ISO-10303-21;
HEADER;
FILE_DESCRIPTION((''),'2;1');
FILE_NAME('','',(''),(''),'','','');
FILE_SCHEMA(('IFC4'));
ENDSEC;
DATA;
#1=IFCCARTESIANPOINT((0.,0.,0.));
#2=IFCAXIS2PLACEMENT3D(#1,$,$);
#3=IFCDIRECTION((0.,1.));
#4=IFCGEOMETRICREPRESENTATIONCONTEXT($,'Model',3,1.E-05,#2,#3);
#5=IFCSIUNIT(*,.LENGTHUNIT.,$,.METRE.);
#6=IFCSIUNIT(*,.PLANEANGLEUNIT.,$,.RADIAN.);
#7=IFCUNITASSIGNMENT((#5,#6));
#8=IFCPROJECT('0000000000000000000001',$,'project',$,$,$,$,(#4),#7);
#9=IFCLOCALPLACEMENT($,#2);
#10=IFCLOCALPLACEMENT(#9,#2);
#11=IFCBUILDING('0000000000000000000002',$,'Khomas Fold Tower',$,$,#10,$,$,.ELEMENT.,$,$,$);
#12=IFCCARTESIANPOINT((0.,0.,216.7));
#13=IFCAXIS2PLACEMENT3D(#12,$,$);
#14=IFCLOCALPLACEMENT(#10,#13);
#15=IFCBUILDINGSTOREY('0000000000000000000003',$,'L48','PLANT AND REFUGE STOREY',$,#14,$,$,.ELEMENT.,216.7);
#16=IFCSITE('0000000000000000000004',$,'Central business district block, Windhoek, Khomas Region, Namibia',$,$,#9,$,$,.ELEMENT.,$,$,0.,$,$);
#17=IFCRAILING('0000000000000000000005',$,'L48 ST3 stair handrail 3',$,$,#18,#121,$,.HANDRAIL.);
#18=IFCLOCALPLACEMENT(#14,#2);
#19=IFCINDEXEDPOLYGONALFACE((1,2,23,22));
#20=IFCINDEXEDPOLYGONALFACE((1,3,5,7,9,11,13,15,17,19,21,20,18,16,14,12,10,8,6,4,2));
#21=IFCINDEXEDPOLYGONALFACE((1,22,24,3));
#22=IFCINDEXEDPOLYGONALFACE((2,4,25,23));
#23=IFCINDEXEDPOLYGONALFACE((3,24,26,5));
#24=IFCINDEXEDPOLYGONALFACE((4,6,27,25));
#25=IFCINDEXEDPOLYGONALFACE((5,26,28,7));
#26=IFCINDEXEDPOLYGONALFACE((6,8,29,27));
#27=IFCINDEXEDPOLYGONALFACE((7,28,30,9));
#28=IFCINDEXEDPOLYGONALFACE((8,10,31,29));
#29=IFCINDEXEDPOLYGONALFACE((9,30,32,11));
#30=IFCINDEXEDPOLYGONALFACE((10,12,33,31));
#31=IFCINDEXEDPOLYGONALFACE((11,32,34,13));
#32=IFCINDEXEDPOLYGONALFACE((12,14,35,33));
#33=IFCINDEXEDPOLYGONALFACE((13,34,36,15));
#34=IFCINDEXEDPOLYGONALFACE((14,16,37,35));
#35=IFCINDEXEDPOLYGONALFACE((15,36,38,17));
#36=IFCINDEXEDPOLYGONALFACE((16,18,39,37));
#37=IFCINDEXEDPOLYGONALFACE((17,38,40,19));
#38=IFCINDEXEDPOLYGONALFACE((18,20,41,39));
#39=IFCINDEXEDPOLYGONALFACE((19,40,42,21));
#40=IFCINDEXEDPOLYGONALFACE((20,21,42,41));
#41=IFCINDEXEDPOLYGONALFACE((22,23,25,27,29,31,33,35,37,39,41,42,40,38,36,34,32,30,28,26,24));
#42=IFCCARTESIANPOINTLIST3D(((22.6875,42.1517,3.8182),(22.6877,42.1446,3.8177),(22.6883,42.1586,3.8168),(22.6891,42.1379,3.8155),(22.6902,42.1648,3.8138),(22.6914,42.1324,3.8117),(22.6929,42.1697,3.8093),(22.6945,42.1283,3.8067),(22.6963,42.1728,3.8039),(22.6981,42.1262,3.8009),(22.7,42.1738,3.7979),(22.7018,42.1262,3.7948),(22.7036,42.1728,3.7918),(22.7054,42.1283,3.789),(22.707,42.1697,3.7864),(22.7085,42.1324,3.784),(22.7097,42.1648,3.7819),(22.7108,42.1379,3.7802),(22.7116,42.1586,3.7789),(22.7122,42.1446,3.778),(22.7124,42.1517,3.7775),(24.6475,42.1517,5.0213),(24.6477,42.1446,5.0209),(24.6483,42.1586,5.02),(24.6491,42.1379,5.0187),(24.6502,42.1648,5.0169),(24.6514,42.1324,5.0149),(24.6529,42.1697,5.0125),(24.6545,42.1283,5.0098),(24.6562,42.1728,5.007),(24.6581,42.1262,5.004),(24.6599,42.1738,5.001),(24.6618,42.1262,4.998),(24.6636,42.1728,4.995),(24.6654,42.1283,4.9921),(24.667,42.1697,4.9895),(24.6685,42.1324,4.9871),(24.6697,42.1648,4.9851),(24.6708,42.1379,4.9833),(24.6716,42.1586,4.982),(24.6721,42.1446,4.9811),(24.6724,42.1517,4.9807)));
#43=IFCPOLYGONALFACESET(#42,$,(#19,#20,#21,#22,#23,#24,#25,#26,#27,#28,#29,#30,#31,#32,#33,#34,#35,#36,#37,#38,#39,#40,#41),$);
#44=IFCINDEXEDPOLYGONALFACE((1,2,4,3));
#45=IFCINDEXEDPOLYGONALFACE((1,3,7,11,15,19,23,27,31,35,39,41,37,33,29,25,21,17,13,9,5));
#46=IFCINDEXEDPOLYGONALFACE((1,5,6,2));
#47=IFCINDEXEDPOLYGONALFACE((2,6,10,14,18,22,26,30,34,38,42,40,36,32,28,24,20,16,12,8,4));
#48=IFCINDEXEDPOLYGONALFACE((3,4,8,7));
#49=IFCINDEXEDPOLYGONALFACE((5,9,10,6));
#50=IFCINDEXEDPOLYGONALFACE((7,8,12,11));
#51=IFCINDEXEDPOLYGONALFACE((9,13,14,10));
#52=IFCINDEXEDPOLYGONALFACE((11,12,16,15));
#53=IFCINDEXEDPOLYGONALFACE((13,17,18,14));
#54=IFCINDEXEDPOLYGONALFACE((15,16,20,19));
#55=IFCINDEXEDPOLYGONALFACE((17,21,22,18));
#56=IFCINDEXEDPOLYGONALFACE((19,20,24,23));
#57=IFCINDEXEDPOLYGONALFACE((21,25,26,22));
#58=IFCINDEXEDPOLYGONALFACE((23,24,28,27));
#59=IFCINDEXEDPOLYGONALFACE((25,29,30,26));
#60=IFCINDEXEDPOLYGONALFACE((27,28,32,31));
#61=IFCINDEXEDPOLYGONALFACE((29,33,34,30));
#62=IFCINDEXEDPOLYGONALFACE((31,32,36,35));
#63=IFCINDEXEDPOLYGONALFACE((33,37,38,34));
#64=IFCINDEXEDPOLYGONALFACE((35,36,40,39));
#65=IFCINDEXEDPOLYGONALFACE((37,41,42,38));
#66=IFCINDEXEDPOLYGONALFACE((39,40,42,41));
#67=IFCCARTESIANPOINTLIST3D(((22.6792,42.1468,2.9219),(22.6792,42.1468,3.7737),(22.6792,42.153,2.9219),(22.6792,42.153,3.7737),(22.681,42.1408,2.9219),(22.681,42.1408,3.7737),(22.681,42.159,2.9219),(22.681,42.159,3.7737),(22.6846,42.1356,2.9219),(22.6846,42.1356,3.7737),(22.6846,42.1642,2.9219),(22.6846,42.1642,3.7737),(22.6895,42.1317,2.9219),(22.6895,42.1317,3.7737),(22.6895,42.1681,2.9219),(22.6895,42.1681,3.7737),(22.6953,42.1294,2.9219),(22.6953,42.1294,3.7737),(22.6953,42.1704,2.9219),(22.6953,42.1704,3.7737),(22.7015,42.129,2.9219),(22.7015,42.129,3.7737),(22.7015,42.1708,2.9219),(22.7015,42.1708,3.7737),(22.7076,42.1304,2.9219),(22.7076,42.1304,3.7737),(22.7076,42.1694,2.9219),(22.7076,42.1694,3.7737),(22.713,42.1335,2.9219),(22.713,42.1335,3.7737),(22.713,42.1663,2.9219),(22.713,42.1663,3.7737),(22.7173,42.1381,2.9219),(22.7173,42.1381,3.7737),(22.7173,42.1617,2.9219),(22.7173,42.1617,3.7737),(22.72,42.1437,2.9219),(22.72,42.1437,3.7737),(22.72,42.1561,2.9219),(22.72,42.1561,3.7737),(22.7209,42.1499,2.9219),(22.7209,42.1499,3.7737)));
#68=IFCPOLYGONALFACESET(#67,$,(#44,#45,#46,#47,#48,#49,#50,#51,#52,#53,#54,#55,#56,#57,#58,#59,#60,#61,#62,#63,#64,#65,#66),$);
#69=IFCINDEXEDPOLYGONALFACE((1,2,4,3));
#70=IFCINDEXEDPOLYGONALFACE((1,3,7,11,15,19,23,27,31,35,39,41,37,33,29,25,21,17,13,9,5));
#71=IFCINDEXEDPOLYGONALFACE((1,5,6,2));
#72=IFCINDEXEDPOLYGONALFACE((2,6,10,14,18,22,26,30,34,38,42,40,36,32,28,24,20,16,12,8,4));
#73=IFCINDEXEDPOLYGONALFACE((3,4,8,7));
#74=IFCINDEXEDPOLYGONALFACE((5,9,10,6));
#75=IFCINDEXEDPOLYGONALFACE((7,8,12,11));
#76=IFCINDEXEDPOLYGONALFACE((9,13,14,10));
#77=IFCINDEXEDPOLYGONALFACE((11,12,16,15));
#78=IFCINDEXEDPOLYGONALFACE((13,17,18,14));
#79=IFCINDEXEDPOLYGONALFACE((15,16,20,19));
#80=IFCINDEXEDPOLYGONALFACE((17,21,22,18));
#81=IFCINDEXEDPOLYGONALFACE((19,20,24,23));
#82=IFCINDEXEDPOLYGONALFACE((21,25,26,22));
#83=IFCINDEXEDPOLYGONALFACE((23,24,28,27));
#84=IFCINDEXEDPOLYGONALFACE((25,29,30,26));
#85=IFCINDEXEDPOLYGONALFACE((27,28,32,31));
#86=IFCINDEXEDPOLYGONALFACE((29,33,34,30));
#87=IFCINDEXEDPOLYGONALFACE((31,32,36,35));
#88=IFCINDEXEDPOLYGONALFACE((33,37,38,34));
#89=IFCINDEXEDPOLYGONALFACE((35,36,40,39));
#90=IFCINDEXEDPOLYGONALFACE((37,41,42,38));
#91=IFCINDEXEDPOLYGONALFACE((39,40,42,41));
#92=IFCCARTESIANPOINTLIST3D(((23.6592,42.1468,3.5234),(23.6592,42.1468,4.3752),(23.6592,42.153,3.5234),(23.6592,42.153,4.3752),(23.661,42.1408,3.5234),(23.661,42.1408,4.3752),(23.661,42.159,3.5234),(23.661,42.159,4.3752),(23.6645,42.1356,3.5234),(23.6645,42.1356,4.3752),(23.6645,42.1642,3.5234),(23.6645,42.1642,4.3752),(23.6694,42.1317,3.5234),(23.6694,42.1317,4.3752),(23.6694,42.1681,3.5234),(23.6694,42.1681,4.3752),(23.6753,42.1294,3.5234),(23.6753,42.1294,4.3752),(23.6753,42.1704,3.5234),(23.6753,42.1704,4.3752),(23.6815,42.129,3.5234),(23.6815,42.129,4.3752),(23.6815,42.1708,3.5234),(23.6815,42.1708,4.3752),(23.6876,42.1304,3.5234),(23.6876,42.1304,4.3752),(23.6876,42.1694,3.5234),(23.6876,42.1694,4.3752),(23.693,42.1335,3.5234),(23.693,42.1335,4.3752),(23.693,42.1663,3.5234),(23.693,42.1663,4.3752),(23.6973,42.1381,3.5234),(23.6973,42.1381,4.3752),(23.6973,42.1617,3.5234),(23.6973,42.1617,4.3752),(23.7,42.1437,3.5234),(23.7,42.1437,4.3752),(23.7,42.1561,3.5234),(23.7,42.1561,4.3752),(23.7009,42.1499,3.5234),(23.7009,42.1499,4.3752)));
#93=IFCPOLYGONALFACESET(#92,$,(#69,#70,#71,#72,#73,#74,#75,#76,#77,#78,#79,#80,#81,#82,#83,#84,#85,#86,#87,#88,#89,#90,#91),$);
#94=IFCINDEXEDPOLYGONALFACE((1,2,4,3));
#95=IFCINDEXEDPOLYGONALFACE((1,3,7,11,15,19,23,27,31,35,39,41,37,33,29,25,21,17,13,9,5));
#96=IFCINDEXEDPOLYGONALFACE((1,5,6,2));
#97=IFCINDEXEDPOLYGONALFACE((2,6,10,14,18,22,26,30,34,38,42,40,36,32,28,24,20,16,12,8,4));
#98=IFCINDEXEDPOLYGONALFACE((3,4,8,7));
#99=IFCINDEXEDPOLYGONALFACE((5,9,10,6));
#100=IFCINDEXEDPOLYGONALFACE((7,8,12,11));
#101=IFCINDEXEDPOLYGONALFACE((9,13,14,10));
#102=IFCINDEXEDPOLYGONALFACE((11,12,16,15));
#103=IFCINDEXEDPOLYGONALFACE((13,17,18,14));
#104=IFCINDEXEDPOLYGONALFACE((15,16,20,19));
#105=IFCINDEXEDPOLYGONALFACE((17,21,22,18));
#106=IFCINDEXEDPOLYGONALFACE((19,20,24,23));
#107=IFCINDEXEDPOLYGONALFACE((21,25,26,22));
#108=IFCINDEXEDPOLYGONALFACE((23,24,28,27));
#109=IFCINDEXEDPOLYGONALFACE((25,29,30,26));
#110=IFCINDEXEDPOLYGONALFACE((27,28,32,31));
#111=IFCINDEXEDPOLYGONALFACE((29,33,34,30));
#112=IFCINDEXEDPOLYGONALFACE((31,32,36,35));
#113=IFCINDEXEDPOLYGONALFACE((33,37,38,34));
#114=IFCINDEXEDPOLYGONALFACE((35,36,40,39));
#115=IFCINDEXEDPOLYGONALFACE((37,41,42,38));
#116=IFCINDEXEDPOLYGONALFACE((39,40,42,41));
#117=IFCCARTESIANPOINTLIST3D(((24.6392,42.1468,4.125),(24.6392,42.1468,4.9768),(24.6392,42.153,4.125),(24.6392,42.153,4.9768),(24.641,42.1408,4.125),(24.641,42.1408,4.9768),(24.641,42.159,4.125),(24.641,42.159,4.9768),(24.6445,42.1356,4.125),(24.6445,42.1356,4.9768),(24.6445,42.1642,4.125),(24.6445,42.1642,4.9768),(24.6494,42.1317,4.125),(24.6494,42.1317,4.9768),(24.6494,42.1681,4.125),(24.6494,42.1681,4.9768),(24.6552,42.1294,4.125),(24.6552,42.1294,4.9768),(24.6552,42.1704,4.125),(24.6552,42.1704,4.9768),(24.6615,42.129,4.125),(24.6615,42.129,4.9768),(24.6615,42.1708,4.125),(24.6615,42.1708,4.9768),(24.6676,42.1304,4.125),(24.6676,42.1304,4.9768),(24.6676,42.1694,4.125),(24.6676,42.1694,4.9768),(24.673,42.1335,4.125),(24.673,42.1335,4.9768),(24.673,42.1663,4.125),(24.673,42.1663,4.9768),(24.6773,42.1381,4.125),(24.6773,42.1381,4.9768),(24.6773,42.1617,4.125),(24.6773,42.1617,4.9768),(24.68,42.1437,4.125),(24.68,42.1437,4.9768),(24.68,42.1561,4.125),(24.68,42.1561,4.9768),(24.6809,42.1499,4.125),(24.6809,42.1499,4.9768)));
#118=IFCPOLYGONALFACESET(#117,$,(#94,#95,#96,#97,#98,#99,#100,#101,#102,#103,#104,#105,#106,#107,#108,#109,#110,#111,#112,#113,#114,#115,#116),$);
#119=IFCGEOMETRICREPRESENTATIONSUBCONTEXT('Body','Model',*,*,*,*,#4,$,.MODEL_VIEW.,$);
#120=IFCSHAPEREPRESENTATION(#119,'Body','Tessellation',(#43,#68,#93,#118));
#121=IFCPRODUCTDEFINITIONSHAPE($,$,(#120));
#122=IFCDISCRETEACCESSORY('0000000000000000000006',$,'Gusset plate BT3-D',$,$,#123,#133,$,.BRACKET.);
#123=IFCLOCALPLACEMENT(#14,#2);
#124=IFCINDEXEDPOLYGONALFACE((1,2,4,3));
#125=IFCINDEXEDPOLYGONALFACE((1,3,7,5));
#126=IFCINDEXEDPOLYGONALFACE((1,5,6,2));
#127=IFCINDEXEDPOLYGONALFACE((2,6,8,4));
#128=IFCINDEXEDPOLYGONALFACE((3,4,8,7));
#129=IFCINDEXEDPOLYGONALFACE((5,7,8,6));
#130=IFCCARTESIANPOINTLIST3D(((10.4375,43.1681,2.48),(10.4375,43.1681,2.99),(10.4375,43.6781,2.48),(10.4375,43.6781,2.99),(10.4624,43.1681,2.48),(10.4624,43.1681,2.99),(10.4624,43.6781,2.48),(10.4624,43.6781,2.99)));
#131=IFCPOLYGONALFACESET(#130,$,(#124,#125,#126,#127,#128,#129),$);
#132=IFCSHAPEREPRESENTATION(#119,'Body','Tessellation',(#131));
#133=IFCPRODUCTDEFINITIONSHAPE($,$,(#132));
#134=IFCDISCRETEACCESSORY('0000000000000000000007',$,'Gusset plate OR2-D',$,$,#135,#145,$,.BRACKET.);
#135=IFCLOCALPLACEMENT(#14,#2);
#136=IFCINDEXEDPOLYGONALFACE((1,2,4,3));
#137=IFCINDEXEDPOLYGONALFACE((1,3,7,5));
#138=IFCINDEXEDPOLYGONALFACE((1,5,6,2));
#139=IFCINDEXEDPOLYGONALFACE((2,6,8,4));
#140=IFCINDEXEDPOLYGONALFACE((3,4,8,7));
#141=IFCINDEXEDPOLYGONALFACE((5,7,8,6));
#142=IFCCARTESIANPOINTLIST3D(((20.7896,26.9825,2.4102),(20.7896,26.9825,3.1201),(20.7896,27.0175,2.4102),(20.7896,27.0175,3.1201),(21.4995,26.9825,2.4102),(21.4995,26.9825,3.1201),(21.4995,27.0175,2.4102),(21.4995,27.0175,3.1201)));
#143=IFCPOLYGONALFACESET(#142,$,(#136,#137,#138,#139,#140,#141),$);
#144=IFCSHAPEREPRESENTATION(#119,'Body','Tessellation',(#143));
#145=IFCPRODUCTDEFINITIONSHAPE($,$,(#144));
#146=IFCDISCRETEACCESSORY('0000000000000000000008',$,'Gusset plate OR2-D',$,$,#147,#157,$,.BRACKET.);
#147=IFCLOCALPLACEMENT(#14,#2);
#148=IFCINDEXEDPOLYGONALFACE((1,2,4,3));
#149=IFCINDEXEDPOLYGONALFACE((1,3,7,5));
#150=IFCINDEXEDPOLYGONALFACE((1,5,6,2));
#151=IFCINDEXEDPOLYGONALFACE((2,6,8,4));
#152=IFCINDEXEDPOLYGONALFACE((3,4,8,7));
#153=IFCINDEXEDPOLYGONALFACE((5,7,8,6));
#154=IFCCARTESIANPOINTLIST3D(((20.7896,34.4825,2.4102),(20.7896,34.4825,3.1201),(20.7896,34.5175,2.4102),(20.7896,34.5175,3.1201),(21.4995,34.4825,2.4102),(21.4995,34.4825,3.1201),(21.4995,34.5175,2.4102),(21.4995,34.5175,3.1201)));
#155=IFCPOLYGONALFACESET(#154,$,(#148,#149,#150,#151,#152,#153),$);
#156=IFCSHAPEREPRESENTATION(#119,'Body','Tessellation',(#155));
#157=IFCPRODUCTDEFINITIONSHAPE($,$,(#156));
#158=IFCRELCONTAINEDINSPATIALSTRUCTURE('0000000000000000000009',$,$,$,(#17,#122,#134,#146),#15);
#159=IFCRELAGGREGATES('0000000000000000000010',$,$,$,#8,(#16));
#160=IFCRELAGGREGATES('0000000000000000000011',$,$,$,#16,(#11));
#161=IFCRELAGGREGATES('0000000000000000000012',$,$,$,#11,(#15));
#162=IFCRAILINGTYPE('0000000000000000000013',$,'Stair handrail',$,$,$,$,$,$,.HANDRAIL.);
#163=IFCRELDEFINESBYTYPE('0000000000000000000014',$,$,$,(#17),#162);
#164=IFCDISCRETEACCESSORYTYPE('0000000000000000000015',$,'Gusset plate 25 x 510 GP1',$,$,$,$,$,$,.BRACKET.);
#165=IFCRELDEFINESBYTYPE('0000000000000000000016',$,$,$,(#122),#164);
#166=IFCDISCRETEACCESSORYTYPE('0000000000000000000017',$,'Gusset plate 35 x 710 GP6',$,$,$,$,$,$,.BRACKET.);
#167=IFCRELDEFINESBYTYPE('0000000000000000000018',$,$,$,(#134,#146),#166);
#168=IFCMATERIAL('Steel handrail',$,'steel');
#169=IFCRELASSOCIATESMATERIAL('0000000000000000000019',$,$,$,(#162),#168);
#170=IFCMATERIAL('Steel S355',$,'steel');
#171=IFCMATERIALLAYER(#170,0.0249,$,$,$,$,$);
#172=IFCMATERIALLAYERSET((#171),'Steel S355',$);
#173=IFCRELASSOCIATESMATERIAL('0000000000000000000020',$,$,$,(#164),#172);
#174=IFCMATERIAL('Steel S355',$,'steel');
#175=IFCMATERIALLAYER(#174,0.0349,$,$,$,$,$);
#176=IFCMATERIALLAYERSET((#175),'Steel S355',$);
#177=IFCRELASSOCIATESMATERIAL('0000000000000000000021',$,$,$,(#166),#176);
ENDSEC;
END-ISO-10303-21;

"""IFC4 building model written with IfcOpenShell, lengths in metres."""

from ifc_helpers import new_model, si_unit, direction, frame, origin, origin_2d, place, context, subcontext, project, spatial, rectangle, circle, extrude, source, transform, mapped, material, layer, layer_set, type_object, element, save


model = new_model("IFC4")

# Units and contexts
model_context = context("Model", 3, precision=1e-05, world=origin(), true_north=direction((0.0, 1.0)))
body_context = subcontext(model_context, "Body", "Model", "MODEL_VIEW")
ifc_project = project(units=[si_unit("LENGTHUNIT", "METRE"), si_unit("PLANEANGLEUNIT", "RADIAN")], contexts=[model_context])

# Site, building, storey
site_placement = place(None, origin())
site = spatial("IfcSite", under=ifc_project, at=site_placement, Name="Central business district block, Windhoek, Khomas Region, Namibia", CompositionType="ELEMENT", RefElevation=0.0)
building_placement = place(site_placement, origin())
building = spatial("IfcBuilding", under=site, at=building_placement, Name="Khomas Fold Tower", CompositionType="ELEMENT")
storey_placement = place(building_placement, frame((0.0, 0.0, 216.7)))
storey = spatial("IfcBuildingStorey", under=building, at=storey_placement, Name="L48", Description="PLANT AND REFUGE STOREY", CompositionType="ELEMENT", Elevation=216.7)

# Railing
ifc_material_1 = material(Name="Steel handrail", Category="steel")
railing_type_1 = type_object("IfcRailingType", Name="Stair handrail", PredefinedType="HANDRAIL", material=ifc_material_1)
shared_shape_1 = source(origin(), body_context, "Body", "SweptSolid", [
    extrude(circle(Radius=0.0239, at=origin_2d()), frame((0.0, 0.0, 0.876), z_axis=(0.852241, 0.0, 0.523149), x_axis=(0.0, 1.0, 0.0)), (0.0, 0.0, 1.0), 2.2998),
    extrude(circle(Radius=0.021, at=origin_2d()), origin(), (0.0, 0.0, 1.0), 0.8518),
    extrude(circle(Radius=0.021, at=origin_2d()), frame((0.98, 0.0, 0.6016)), (0.0, 0.0, 1.0), 0.8518),
    extrude(circle(Radius=0.021, at=origin_2d()), frame((1.96, 0.0, 1.2031)), (0.0, 0.0, 1.0), 0.8518),
])
for number, where, name in (
    (1, (22.7, 42.1499, 2.9219), "L48 ST3 stair handrail 3"),
):
    element("IfcRailing", number, at=place(storey_placement, frame(where)), inside=storey, type_object=railing_type_1, Name=name, PredefinedType="HANDRAIL", context=body_context, shape_type="MappedRepresentation", body=[
        mapped(shared_shape_1, transform((0.0, 0.0, 0.0))),
    ])

# Discrete accessories
ifc_material_2 = material(Name="Steel S355", Category="steel")
ifc_layer_1 = layer(ifc_material_2, 0.0249)
ifc_layer_set_1 = layer_set([ifc_layer_1], Name="Steel S355")
discrete_accessory_type_1 = type_object("IfcDiscreteAccessoryType", Name="Gusset plate 25 x 510 GP1", PredefinedType="BRACKET", material=ifc_layer_set_1)
shared_shape_2 = source(origin(), body_context, "Body", "SweptSolid", [
    extrude(rectangle(XDim=0.51, YDim=0.0249, at=origin_2d()), origin(), (0.0, 0.0, 1.0), 0.51),
])
discrete_accessory_placement = place(storey_placement, frame((10.45, 43.4231, 2.48), z_axis=(0.0, 0.0, 1.0), x_axis=(0.0, 1.0, 0.0)))
element("IfcDiscreteAccessory", 2, at=discrete_accessory_placement, inside=storey, type_object=discrete_accessory_type_1, Name="Gusset plate BT3-D", PredefinedType="BRACKET", context=body_context, shape_type="MappedRepresentation", body=[
    mapped(shared_shape_2, transform((0.0, 0.0, 0.0))),
])
ifc_material_3 = material(Name="Steel S355", Category="steel")
ifc_layer_2 = layer(ifc_material_3, 0.0349)
ifc_layer_set_2 = layer_set([ifc_layer_2], Name="Steel S355")
discrete_accessory_type_2 = type_object("IfcDiscreteAccessoryType", Name="Gusset plate 35 x 710 GP6", PredefinedType="BRACKET", material=ifc_layer_set_2)
shared_shape_3 = source(origin(), body_context, "Body", "SweptSolid", [
    extrude(rectangle(XDim=0.71, YDim=0.0349, at=origin_2d()), origin(), (0.0, 0.0, 1.0), 0.71),
])
for number, where, z_axis, x_axis, name in (
    (3, (21.1445, 27.0, 2.4102), (0.0, 0.0, 1.0), (1.0, 0.0, 0.0), "Gusset plate OR2-D"),
    (4, (21.1445, 34.5, 2.4102), (0.0, 0.0, 1.0), (1.0, 0.0, 0.0), "Gusset plate OR2-D"),
):
    element("IfcDiscreteAccessory", number, at=place(storey_placement, frame(where, z_axis=z_axis, x_axis=x_axis)), inside=storey, type_object=discrete_accessory_type_2, Name=name, PredefinedType="BRACKET", context=body_context, shape_type="MappedRepresentation", body=[
        mapped(shared_shape_3, transform((0.0, 0.0, 0.0))),
    ])

save(model, "model.ifc")
